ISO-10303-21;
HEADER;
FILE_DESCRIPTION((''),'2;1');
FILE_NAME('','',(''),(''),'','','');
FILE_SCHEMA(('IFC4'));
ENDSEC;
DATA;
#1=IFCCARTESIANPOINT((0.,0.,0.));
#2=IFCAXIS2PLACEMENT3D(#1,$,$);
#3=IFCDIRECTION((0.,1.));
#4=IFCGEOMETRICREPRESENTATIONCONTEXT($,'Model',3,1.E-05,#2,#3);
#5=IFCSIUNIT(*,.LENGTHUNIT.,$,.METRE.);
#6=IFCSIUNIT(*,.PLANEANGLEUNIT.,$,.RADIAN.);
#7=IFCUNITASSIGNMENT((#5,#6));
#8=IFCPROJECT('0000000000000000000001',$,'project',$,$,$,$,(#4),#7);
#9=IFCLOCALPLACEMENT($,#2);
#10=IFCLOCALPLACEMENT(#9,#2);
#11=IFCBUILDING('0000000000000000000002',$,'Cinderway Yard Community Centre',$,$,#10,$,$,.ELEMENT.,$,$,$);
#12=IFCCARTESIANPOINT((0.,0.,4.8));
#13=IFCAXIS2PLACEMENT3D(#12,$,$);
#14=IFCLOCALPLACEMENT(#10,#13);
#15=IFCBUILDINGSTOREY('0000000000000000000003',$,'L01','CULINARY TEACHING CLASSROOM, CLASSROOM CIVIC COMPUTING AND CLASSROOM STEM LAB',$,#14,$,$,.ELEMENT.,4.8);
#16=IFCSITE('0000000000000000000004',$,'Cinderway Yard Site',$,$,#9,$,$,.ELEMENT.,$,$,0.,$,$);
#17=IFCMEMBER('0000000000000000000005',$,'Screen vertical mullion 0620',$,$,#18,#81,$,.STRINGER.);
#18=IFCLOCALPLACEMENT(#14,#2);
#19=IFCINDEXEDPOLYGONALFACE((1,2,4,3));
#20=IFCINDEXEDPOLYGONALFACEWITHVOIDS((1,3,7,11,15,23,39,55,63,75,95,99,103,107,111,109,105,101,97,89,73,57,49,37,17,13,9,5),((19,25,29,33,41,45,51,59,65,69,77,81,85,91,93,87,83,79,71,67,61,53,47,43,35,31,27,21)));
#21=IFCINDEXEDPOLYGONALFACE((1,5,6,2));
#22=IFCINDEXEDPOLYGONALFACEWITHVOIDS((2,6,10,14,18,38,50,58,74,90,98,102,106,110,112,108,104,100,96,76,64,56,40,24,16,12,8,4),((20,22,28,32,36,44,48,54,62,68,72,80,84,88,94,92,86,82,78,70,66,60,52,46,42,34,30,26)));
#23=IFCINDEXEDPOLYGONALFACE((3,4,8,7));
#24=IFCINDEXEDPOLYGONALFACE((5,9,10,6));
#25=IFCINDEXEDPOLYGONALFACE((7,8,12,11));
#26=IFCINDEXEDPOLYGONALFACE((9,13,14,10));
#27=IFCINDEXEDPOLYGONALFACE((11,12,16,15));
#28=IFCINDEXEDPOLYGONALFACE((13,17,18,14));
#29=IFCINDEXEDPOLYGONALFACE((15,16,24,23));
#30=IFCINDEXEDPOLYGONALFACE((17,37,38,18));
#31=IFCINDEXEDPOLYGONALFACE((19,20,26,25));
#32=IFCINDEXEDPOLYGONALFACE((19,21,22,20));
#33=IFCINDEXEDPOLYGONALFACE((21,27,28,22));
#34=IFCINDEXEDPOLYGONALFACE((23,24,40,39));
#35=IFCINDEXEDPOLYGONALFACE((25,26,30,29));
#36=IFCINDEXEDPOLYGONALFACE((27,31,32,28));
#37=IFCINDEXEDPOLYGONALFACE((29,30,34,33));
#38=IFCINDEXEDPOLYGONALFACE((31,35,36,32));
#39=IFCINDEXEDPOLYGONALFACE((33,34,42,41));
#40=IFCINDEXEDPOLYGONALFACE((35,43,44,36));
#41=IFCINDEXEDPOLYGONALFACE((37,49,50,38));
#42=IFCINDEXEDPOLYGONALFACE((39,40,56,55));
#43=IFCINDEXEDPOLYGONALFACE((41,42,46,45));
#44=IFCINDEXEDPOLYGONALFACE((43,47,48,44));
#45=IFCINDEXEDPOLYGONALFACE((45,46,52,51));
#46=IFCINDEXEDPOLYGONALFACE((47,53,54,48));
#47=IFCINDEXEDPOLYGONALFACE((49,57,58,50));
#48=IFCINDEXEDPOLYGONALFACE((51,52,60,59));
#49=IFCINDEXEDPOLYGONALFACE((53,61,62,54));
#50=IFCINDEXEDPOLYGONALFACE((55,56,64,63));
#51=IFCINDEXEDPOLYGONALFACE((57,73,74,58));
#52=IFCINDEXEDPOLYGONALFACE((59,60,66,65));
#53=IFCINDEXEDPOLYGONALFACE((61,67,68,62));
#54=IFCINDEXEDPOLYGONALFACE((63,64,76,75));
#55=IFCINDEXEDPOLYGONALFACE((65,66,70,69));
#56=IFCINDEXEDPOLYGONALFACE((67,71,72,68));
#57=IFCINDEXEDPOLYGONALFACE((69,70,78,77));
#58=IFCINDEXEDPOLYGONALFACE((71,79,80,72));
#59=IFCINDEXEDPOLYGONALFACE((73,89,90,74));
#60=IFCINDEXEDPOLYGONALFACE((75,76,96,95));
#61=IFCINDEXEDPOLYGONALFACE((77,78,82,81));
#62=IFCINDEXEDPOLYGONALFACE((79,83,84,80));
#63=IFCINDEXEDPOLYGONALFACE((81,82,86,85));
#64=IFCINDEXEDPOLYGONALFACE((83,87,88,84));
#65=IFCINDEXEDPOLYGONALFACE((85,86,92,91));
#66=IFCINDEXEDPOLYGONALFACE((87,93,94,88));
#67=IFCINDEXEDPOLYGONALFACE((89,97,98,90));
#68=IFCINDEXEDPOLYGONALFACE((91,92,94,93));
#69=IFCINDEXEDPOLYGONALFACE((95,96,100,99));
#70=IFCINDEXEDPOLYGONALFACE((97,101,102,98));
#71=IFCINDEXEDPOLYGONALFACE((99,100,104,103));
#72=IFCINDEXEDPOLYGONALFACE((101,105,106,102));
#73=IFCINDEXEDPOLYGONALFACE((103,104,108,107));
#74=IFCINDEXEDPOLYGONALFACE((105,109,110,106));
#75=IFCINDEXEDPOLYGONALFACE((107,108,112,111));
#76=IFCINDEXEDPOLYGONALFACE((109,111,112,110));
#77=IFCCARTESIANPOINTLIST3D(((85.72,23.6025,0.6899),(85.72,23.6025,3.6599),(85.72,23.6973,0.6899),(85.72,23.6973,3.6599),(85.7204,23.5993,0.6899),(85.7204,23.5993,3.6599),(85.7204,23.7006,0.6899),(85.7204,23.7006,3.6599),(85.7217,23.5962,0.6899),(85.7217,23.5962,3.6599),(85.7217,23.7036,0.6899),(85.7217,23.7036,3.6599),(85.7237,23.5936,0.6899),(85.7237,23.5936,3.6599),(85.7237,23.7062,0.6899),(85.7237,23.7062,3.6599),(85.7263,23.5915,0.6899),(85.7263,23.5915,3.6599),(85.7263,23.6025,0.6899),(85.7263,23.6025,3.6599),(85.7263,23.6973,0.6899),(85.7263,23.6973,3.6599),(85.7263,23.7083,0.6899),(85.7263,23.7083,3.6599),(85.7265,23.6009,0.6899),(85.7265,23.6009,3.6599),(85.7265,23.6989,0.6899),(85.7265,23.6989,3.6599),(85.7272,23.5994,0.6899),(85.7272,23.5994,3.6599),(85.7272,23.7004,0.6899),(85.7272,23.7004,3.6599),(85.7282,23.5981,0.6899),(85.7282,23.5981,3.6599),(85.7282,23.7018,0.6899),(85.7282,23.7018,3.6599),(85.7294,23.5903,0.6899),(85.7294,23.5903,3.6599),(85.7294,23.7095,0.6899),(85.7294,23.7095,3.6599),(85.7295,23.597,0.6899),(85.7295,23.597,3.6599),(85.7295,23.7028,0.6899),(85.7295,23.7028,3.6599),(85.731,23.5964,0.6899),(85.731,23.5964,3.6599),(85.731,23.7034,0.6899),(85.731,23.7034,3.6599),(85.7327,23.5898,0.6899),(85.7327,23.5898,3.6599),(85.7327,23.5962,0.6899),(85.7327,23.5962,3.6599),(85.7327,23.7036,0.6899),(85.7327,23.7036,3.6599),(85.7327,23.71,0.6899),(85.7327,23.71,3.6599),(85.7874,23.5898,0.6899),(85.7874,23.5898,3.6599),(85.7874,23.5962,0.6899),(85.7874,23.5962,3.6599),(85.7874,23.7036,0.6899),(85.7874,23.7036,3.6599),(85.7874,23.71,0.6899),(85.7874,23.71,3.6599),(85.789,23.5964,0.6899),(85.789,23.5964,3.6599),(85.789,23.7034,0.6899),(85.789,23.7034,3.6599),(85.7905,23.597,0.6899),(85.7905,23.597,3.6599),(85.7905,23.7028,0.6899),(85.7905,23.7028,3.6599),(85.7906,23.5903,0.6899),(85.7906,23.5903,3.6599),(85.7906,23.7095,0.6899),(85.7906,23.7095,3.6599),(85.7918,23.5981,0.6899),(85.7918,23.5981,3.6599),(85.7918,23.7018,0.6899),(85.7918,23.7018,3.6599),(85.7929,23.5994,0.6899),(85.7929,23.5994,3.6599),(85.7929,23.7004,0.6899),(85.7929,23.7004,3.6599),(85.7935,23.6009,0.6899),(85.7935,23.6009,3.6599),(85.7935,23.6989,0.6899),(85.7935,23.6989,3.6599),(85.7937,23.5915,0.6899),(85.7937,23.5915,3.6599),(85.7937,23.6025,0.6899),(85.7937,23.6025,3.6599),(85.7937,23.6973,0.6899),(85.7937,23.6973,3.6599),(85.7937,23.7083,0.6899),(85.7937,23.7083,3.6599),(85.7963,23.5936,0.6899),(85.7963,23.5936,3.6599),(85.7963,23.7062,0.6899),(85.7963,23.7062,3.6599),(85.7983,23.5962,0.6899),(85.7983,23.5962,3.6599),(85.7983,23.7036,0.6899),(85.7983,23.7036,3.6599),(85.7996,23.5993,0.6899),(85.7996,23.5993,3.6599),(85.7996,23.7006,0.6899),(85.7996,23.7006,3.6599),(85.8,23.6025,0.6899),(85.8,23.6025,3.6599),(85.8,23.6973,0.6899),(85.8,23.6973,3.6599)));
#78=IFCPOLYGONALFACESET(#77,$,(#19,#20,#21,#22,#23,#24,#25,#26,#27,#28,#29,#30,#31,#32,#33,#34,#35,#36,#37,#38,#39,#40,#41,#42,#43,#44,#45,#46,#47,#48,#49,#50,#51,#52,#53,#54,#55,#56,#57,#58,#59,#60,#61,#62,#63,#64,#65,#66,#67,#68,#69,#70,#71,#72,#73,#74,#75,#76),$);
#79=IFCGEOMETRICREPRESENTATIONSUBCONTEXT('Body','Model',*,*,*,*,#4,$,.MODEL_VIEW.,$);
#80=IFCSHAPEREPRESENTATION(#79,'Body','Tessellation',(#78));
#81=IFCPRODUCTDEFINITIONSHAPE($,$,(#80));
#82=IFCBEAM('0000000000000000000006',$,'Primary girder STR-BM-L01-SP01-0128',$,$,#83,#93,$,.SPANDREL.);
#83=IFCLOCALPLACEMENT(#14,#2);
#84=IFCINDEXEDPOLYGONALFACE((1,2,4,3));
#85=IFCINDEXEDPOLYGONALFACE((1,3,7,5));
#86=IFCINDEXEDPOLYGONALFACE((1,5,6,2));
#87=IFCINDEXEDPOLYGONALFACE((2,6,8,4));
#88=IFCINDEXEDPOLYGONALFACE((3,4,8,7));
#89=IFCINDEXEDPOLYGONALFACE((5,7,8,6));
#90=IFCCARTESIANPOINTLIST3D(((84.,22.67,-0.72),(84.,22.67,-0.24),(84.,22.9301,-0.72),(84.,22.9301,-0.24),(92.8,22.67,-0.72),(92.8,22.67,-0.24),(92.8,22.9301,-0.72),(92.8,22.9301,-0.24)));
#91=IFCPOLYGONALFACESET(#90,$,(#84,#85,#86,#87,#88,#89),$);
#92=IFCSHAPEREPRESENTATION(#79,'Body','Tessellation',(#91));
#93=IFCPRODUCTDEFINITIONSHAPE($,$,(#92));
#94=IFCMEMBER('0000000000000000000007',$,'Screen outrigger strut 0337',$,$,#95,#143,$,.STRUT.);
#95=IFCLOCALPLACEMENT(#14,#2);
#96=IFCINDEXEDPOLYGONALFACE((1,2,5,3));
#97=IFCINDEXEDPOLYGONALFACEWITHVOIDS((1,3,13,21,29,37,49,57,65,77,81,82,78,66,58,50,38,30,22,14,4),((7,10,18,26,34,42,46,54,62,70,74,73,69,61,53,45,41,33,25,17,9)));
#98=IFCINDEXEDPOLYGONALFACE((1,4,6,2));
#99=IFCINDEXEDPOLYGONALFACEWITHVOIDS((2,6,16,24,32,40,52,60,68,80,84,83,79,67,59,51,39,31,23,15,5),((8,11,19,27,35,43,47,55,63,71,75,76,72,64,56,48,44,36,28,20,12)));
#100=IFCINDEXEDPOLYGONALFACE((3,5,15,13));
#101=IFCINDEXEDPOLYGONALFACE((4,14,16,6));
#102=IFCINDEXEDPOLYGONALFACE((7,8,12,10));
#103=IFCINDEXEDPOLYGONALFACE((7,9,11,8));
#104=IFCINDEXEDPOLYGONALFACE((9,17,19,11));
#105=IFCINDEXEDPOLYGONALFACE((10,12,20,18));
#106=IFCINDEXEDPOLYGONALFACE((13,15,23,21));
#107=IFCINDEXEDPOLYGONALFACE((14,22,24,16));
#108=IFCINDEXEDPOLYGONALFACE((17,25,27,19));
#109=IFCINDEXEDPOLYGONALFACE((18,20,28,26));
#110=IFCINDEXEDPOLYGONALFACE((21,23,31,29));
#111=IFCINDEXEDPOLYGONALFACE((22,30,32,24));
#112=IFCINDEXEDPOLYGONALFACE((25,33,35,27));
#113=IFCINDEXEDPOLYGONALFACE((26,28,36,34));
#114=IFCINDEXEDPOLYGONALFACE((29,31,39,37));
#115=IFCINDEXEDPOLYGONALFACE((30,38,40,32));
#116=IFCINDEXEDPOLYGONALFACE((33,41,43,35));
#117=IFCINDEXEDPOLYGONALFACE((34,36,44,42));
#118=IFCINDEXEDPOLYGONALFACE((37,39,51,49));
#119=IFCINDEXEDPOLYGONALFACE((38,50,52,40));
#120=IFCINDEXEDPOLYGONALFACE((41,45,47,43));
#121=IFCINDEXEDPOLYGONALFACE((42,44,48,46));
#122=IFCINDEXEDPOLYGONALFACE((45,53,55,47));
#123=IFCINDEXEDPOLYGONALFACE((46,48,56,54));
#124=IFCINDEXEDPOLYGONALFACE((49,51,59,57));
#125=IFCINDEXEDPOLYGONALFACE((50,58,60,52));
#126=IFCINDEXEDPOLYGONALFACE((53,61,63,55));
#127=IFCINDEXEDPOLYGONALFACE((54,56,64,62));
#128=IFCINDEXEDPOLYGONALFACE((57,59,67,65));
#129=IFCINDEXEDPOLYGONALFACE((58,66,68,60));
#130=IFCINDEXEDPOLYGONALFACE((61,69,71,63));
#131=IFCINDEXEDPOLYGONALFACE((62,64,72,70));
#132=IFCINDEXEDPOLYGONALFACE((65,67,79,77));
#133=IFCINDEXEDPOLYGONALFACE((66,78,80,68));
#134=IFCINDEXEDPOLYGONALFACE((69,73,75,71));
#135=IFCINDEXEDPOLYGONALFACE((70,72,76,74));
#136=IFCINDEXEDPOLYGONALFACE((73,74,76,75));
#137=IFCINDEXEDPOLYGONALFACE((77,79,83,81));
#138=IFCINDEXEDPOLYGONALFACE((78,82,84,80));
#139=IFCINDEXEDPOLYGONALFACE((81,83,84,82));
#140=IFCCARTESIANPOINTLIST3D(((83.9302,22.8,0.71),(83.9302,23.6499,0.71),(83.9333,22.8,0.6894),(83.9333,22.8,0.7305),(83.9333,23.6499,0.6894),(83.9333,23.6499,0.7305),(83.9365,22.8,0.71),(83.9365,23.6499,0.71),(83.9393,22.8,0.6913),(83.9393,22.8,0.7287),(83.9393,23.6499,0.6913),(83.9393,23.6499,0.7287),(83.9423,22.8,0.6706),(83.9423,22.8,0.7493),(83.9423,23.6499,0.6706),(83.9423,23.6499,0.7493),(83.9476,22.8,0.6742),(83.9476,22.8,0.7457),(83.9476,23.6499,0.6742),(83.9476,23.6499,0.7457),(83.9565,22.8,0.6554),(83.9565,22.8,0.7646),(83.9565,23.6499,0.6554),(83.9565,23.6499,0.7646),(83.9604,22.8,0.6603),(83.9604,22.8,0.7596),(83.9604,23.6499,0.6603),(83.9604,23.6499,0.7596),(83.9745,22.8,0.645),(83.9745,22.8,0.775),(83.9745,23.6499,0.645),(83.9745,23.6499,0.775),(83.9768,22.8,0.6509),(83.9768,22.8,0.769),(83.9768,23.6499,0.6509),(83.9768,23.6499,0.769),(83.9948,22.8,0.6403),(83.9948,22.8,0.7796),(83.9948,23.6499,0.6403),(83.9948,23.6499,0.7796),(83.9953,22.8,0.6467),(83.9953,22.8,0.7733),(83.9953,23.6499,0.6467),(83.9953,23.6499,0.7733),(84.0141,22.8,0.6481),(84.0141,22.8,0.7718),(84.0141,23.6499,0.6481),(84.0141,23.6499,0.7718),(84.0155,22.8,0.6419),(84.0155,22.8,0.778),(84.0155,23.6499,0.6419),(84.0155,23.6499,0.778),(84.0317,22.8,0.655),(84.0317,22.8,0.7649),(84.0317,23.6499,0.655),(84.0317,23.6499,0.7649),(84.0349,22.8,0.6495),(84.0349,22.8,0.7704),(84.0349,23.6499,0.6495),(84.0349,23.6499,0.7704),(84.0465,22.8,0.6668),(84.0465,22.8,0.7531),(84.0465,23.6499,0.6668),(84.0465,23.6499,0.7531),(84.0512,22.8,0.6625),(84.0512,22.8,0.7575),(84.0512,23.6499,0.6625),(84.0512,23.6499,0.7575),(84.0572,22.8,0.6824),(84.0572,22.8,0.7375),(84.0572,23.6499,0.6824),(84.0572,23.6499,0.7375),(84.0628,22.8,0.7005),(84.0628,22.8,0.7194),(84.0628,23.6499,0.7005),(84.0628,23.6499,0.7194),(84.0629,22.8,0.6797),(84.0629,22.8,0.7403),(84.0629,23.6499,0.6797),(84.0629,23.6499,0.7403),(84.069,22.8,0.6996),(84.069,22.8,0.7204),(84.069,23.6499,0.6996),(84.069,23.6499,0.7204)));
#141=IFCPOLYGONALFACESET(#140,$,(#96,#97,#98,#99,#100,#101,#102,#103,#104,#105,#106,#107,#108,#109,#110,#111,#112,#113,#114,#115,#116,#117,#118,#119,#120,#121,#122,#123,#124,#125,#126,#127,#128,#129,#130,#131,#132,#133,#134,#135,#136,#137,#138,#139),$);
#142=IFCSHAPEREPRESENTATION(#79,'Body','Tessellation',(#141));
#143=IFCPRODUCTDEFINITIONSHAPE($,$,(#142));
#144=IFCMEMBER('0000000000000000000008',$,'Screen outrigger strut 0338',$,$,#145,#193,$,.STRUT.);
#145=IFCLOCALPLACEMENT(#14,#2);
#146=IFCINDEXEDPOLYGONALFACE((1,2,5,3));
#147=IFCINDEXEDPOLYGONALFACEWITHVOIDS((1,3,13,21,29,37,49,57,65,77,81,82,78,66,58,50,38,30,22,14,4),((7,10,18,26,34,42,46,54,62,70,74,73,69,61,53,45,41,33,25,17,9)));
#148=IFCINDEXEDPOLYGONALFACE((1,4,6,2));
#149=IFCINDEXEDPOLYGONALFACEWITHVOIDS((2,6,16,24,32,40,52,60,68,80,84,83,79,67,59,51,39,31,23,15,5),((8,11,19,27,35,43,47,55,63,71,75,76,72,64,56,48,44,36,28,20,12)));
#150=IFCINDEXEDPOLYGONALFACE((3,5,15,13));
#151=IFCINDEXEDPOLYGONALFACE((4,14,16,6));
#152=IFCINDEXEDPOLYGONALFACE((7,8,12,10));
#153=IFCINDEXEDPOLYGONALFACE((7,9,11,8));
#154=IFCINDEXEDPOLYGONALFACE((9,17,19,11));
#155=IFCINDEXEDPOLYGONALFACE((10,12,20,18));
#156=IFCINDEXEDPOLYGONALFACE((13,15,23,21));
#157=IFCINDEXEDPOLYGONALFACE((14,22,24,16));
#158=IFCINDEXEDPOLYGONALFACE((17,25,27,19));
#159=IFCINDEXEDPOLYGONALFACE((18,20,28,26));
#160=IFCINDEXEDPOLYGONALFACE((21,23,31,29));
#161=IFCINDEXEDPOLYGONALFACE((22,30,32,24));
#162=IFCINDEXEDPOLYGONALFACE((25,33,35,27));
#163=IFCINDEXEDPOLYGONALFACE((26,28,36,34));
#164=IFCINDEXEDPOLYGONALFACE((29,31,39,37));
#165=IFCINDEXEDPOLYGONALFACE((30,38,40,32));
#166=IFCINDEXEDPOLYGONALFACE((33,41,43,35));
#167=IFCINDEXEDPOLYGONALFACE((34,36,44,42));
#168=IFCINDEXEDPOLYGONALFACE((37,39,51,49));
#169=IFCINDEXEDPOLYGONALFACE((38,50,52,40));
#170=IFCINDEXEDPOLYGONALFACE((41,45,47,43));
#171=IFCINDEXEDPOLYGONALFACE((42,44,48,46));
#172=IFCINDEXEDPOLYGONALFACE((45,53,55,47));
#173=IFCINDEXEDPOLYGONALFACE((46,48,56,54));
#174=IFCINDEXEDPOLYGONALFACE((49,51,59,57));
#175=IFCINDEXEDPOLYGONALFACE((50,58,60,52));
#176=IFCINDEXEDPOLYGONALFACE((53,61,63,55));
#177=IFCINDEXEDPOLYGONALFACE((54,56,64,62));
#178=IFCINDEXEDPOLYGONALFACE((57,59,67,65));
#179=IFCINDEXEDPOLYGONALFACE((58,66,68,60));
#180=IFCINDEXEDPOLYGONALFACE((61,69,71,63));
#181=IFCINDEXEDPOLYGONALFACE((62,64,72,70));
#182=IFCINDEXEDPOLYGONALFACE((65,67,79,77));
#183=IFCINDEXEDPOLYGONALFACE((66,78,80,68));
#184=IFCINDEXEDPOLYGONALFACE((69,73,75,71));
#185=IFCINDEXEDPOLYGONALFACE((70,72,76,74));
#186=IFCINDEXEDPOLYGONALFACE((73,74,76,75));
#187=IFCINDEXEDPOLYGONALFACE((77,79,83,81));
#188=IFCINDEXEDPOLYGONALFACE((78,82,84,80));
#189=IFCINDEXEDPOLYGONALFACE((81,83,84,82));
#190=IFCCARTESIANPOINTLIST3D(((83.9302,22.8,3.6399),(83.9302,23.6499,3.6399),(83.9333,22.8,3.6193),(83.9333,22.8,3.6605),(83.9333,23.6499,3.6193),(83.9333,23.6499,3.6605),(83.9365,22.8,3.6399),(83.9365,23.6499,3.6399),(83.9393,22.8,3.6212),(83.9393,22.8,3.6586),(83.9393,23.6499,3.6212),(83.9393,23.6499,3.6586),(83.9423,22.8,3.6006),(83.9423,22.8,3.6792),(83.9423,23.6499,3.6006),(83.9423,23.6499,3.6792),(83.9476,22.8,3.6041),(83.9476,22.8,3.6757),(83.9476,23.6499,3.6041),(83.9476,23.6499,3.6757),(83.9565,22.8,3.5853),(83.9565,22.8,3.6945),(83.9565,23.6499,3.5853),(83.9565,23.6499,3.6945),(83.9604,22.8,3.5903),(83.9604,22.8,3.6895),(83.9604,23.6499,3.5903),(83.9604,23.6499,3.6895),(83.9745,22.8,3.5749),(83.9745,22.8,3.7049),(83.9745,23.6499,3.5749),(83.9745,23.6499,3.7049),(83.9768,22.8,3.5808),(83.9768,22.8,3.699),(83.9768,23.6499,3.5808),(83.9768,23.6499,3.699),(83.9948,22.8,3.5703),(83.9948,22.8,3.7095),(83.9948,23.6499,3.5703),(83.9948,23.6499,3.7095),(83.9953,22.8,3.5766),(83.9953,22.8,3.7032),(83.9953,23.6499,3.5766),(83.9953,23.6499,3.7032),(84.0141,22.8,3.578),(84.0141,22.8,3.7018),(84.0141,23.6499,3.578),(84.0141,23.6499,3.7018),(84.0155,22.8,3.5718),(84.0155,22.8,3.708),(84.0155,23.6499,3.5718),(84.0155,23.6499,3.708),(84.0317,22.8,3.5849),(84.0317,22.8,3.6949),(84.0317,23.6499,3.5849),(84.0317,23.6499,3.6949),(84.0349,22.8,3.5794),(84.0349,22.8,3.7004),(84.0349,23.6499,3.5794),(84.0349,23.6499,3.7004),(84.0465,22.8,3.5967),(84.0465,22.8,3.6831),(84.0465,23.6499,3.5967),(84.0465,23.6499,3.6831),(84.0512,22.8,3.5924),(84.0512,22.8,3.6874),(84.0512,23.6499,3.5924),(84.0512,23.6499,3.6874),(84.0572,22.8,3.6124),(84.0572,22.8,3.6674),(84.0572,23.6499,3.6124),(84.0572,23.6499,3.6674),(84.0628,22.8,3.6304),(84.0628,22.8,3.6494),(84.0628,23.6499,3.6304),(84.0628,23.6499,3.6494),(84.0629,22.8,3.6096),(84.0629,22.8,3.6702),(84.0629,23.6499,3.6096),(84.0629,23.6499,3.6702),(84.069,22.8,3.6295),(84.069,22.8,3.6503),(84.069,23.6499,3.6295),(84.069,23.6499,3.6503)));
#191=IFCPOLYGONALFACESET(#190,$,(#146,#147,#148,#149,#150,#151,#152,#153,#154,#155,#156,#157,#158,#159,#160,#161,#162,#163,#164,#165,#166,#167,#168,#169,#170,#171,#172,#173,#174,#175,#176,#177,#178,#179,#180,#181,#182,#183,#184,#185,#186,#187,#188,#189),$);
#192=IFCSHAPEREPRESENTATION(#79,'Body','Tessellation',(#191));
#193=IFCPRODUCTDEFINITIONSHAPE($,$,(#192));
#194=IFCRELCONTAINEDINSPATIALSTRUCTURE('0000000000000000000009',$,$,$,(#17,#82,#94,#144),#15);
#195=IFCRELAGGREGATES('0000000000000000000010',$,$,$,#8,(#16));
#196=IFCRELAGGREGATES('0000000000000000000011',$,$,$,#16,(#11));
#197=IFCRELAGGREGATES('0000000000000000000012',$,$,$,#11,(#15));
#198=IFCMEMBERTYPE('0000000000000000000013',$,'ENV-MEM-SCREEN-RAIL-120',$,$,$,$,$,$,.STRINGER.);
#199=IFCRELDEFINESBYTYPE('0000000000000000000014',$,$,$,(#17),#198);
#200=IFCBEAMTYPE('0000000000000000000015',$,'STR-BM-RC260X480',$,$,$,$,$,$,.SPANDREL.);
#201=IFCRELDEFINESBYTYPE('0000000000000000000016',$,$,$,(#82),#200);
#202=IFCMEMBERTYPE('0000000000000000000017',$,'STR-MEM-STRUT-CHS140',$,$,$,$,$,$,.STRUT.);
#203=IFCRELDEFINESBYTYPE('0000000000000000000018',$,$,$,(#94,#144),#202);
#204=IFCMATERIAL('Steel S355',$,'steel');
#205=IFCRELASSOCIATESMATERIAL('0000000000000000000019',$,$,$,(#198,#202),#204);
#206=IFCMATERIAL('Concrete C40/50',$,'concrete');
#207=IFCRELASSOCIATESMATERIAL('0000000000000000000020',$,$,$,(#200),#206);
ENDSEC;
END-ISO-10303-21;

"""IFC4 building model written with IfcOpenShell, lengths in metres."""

from ifc_helpers import new_model, si_unit, direction, frame, origin, origin_2d, place, context, subcontext, project, spatial, rectangle, hollow_rectangle, hollow_circle, extrude, material, material_profile, profile_set, type_object, element, save


model = new_model("IFC4")

# Units and contexts
model_context = context("Model", 3, precision=1e-05, world=origin(), true_north=direction((0.0, 1.0)))
body_context = subcontext(model_context, "Body", "Model", "MODEL_VIEW")
ifc_project = project(units=[si_unit("LENGTHUNIT", "METRE"), si_unit("PLANEANGLEUNIT", "RADIAN")], contexts=[model_context])

# Site, building, storey
site_placement = place(None, origin())
site = spatial("IfcSite", under=ifc_project, at=site_placement, Name="Cinderway Yard Site", CompositionType="ELEMENT", RefElevation=0.0)
building_placement = place(site_placement, origin())
building = spatial("IfcBuilding", under=site, at=building_placement, Name="Cinderway Yard Community Centre", CompositionType="ELEMENT")
storey_placement = place(building_placement, frame((0.0, 0.0, 4.8)))
storey = spatial("IfcBuildingStorey", under=building, at=storey_placement, Name="L01", Description="CULINARY TEACHING CLASSROOM, CLASSROOM CIVIC COMPUTING AND CLASSROOM STEM LAB", CompositionType="ELEMENT", Elevation=4.8)

# Shared definitions
ifc_material_1 = material(Name="Concrete C40/50", Category="concrete")

# Member
ifc_material_2 = material(Name="Steel S355", Category="steel")
ifc_material_profile_1 = material_profile(ifc_material_2, hollow_rectangle(XDim=0.0801, YDim=0.1201, WallThickness=0.0063, InnerFilletRadius=0.0063, OuterFilletRadius=0.0127, at=origin_2d()), Name="Steel S355")
ifc_profile_set_1 = profile_set([ifc_material_profile_1], Name="Steel S355")
member_type_1 = type_object("IfcMemberType", Name="ENV-MEM-SCREEN-RAIL-120", PredefinedType="STRINGER", material=ifc_profile_set_1)
member_1_placement = place(storey_placement, frame((85.76, 23.6499, 0.6899), z_axis=(0.0, 0.0, 1.0), x_axis=(1.0, 0.0, 0.0)))
element("IfcMember", 1, at=member_1_placement, inside=storey, type_object=member_type_1, Name="Screen vertical mullion 0620", PredefinedType="STRINGER", context=body_context, shape_type="SweptSolid", body=[
    extrude(hollow_rectangle(XDim=0.0801, YDim=0.1201, WallThickness=0.0063, InnerFilletRadius=0.0063, OuterFilletRadius=0.0127, at=origin_2d()), origin(), (0.0, 0.0, 1.0), 2.97),
])

# Beam
ifc_material_profile_2 = material_profile(ifc_material_1, rectangle(XDim=0.26, YDim=0.48, at=origin_2d()), Name="Concrete C40/50")
ifc_profile_set_2 = profile_set([ifc_material_profile_2], Name="Concrete C40/50")
beam_type = type_object("IfcBeamType", Name="STR-BM-RC260X480", PredefinedType="SPANDREL", material=ifc_profile_set_2)
beam_placement = place(storey_placement, frame((84.0, 22.8, -0.48), z_axis=(1.0, 0.0, 0.0), x_axis=(0.0, 1.0, 0.0)))
element("IfcBeam", 2, at=beam_placement, inside=storey, type_object=beam_type, Name="Primary girder STR-BM-L01-SP01-0128", PredefinedType="SPANDREL", context=body_context, shape_type="SweptSolid", body=[
    extrude(rectangle(XDim=0.26, YDim=0.48, at=origin_2d()), origin(), (0.0, 0.0, 1.0), 8.8),
])

# Members
ifc_material_profile_3 = material_profile(ifc_material_2, hollow_circle(Radius=0.0698, WallThickness=0.0063, at=origin_2d()), Name="Steel S355")
ifc_profile_set_3 = profile_set([ifc_material_profile_3], Name="Steel S355")
member_type_2 = type_object("IfcMemberType", Name="STR-MEM-STRUT-CHS140", PredefinedType="STRUT", material=ifc_profile_set_3)
for number, where, z_axis, x_axis, name in (
    (3, (84.0, 22.8, 0.71), (0.0, 1.0, 0.0), (-1.0, 0.0, 0.0), "Screen outrigger strut 0337"),
    (4, (84.0, 22.8, 3.6399), (0.0, 1.0, 0.0), (-1.0, 0.0, 0.0), "Screen outrigger strut 0338"),
):
    element("IfcMember", number, at=place(storey_placement, frame(where, z_axis=z_axis, x_axis=x_axis)), inside=storey, type_object=member_type_2, Name=name, PredefinedType="STRUT", context=body_context, shape_type="SweptSolid", body=[
        extrude(hollow_circle(Radius=0.0698, WallThickness=0.0063, at=origin_2d()), origin(), (0.0, 0.0, 1.0), 0.8499),
    ])

save(model, "model.ifc")
